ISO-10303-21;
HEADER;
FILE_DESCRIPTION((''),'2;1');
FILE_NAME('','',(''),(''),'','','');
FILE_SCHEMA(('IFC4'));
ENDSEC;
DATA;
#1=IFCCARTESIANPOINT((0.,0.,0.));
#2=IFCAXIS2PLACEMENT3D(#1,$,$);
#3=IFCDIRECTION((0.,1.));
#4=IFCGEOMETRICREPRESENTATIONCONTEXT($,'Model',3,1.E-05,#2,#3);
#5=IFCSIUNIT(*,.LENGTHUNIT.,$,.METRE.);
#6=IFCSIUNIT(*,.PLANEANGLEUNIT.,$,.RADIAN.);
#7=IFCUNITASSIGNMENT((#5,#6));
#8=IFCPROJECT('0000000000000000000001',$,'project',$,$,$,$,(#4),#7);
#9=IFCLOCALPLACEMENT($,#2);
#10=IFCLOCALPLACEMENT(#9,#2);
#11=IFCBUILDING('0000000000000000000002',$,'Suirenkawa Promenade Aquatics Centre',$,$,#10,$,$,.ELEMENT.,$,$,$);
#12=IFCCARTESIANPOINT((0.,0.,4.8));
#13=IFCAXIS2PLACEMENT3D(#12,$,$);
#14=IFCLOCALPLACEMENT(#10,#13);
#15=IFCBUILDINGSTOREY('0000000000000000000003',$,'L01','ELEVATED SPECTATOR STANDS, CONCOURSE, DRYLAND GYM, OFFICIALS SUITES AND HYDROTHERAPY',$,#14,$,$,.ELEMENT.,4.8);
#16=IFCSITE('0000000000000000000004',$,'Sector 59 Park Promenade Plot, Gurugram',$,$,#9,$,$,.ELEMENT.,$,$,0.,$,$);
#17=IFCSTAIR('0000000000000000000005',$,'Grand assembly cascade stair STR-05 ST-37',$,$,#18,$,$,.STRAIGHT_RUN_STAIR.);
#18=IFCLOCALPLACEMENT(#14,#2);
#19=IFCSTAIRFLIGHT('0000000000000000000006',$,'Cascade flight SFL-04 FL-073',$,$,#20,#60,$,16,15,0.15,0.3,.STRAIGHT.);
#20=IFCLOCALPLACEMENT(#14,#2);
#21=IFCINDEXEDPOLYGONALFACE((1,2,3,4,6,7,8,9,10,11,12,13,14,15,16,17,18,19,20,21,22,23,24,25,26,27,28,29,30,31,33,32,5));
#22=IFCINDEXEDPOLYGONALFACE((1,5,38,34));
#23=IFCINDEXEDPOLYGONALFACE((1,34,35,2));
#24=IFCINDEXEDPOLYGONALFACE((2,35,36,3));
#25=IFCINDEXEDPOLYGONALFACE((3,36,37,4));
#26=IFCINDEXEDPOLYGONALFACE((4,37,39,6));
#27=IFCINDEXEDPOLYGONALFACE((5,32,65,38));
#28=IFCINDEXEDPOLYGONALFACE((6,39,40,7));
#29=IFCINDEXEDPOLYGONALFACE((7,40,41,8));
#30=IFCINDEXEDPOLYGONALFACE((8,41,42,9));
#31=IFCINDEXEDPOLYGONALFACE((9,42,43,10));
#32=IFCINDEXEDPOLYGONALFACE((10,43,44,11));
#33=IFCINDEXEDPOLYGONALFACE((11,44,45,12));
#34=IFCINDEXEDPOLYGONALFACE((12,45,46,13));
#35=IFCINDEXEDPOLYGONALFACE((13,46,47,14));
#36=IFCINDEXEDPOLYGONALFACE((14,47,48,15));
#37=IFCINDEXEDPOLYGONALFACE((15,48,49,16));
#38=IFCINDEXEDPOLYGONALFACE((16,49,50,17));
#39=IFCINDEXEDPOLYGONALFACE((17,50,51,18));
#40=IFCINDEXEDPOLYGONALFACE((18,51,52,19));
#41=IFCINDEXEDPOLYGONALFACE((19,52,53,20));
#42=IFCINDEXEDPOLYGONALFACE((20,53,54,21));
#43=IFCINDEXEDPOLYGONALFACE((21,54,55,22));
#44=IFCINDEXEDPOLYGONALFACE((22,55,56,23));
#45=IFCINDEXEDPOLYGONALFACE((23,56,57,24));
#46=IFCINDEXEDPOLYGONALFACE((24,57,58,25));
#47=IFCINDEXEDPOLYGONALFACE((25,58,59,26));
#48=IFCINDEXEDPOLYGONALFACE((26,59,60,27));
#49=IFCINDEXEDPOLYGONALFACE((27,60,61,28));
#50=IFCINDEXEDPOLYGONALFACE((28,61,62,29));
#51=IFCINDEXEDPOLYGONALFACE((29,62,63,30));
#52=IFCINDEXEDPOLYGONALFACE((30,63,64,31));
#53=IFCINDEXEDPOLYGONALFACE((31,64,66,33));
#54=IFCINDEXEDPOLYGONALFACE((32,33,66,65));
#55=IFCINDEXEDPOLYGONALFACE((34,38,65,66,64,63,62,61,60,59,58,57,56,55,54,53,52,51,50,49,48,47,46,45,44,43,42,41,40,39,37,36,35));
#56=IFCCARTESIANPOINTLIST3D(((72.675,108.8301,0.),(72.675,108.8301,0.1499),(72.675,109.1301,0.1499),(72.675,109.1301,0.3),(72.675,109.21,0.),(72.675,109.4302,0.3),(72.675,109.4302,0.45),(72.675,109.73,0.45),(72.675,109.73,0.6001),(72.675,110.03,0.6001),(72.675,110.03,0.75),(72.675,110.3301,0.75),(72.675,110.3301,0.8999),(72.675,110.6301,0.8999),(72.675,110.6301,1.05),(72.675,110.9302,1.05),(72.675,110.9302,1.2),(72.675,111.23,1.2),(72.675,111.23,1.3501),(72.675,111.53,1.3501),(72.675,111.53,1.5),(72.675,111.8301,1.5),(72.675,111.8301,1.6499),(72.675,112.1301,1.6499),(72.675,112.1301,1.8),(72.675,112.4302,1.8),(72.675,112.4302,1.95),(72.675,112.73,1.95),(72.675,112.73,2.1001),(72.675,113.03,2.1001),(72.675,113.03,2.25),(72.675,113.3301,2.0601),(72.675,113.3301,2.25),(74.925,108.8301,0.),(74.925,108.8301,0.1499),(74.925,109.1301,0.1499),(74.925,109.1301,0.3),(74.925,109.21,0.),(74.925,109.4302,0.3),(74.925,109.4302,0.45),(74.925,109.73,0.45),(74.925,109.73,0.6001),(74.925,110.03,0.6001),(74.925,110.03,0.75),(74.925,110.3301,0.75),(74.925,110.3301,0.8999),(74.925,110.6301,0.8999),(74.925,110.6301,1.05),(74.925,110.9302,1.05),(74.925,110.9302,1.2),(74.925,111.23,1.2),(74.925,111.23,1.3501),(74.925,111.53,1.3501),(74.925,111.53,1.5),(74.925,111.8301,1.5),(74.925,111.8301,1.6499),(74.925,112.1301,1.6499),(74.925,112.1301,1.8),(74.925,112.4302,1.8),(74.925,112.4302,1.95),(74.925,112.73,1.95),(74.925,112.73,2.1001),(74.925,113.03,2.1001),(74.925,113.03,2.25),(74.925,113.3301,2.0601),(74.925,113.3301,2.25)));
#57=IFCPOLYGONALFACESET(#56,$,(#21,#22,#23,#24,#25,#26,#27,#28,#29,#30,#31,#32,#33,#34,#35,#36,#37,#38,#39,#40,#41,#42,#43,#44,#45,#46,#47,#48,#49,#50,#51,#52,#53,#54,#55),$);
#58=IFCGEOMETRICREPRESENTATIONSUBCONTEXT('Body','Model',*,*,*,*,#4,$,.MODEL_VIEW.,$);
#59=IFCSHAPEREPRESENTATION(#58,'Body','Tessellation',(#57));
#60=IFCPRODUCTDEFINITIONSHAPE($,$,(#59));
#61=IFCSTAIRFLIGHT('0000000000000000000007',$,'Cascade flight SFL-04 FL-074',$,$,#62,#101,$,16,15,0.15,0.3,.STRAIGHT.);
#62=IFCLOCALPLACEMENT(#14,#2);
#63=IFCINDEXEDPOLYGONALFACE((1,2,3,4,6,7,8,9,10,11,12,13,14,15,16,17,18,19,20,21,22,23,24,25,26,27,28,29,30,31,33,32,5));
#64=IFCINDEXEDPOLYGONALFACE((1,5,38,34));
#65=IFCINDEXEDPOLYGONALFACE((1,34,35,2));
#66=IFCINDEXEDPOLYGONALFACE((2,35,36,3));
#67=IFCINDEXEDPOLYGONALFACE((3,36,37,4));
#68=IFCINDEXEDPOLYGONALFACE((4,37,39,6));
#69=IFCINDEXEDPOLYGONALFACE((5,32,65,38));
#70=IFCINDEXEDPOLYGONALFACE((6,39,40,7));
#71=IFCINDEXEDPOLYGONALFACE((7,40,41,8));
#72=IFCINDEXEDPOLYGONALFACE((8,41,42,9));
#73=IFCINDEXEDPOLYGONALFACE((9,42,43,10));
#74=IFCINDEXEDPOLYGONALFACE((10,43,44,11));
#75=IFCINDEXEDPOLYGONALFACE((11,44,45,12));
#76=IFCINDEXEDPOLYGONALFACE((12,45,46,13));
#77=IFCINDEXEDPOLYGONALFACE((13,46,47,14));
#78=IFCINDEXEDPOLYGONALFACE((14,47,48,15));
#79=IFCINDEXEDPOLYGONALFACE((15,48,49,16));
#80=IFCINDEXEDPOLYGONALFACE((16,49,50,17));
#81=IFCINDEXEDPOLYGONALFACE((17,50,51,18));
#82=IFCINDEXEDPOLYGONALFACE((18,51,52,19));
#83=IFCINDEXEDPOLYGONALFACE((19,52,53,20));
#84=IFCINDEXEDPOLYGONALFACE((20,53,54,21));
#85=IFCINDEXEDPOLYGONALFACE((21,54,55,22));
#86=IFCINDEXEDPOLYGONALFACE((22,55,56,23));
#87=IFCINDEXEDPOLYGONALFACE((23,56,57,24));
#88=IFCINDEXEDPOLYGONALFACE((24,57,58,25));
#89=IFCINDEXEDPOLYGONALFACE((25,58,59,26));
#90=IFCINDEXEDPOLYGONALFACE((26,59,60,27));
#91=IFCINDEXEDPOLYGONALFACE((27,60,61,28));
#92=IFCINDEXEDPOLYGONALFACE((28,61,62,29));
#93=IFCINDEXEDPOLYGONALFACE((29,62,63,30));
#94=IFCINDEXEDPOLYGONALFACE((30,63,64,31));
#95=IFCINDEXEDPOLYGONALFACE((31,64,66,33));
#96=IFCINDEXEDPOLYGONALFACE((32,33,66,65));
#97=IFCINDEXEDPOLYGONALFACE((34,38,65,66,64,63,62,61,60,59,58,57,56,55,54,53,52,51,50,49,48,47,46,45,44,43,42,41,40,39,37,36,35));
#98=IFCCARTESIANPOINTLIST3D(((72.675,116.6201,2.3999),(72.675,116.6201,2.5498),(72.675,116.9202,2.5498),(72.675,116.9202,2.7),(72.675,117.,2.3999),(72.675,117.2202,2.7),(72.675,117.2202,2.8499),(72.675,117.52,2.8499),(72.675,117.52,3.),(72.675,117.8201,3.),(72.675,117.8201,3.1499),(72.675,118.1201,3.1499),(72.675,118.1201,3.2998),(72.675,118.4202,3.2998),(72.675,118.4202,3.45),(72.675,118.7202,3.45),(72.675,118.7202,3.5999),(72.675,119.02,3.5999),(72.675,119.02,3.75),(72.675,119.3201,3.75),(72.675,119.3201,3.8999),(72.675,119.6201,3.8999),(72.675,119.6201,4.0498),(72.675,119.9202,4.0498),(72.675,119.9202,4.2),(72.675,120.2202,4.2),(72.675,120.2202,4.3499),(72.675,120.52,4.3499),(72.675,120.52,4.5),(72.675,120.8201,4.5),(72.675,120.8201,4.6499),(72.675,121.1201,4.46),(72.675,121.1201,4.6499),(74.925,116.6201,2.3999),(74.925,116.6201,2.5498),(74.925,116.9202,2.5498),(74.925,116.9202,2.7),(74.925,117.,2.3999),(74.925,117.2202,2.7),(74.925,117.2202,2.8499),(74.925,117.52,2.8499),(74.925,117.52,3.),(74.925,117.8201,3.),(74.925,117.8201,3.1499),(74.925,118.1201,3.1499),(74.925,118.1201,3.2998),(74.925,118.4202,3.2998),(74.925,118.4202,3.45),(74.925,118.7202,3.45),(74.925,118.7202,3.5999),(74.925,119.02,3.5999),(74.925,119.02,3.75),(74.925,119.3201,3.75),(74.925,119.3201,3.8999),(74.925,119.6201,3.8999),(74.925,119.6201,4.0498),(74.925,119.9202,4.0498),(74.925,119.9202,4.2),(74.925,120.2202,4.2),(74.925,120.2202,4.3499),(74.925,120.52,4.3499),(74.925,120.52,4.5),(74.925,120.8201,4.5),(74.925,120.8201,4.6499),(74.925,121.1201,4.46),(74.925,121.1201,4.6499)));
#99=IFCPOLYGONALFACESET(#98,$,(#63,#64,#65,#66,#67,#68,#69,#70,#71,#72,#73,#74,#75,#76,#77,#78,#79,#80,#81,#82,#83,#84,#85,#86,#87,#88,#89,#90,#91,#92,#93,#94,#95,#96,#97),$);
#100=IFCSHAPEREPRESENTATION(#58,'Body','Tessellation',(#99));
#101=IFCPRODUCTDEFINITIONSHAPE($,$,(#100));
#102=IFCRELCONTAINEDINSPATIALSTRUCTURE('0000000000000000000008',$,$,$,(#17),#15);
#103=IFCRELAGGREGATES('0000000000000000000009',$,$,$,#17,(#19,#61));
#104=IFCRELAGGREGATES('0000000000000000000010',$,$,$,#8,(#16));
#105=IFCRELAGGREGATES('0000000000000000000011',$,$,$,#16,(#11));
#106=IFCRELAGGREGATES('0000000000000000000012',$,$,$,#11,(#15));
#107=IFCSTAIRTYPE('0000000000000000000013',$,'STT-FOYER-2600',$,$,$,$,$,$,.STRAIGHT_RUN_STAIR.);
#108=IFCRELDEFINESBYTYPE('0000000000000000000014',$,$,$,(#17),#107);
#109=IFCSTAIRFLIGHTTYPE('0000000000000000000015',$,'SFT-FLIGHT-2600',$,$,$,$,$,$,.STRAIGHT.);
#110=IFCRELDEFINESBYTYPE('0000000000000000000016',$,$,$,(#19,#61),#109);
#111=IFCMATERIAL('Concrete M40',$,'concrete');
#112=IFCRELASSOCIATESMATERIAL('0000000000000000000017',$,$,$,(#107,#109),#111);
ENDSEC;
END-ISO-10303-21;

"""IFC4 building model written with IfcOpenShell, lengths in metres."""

from ifc_helpers import new_model, si_unit, direction, frame, origin, place, context, subcontext, project, spatial, polyline, outline, extrude, material, type_object, element, aggregate, save


model = new_model("IFC4")

# Units and contexts
model_context = context("Model", 3, precision=1e-05, world=origin(), true_north=direction((0.0, 1.0)))
body_context = subcontext(model_context, "Body", "Model", "MODEL_VIEW")
ifc_project = project(units=[si_unit("LENGTHUNIT", "METRE"), si_unit("PLANEANGLEUNIT", "RADIAN")], contexts=[model_context])

# Site, building, storey
site_placement = place(None, origin())
site = spatial("IfcSite", under=ifc_project, at=site_placement, Name="Sector 59 Park Promenade Plot, Gurugram", CompositionType="ELEMENT", RefElevation=0.0)
building_placement = place(site_placement, origin())
building = spatial("IfcBuilding", under=site, at=building_placement, Name="Suirenkawa Promenade Aquatics Centre", CompositionType="ELEMENT")
storey_placement = place(building_placement, frame((0.0, 0.0, 4.8)))
storey = spatial("IfcBuildingStorey", under=building, at=storey_placement, Name="L01", Description="ELEVATED SPECTATOR STANDS, CONCOURSE, DRYLAND GYM, OFFICIALS SUITES AND HYDROTHERAPY", CompositionType="ELEMENT", Elevation=4.8)

# Shared definitions
ifc_material_1 = material(Name="Concrete M40", Category="concrete")

# Stair, stair flights
stair_type = type_object("IfcStairType", Name="STT-FOYER-2600", PredefinedType="STRAIGHT_RUN_STAIR", material=ifc_material_1)
stair_placement = place(storey_placement, origin())
stair = element("IfcStair", 1, at=stair_placement, inside=storey, type_object=stair_type, Name="Grand assembly cascade stair STR-05 ST-37", PredefinedType="STRAIGHT_RUN_STAIR")
stair_flight_type = type_object("IfcStairFlightType", Name="SFT-FLIGHT-2600", PredefinedType="STRAIGHT", material=ifc_material_1)
stair_flight_1_placement = place(storey_placement, frame((73.8, 108.8301, 0.0), z_axis=(0.0, 0.0, 1.0), x_axis=(0.0, 1.0, 0.0)))
stair_flight_1 = element("IfcStairFlight", 2, at=stair_flight_1_placement, type_object=stair_flight_type, Name="Cascade flight SFL-04 FL-073", NumberOfRisers=16, NumberOfTreads=15, PredefinedType="STRAIGHT", RiserHeight=0.15, TreadLength=0.3, context=body_context, shape_type="SweptSolid", body=[
    extrude(outline(polyline([(0.0, 0.0), (0.0, 0.1499), (0.3, 0.1499), (0.3, 0.3), (0.6001, 0.3), (0.6001, 0.45), (0.8999, 0.45), (0.8999, 0.6001), (1.2, 0.6001), (1.2, 0.75), (1.5, 0.75), (1.5, 0.8999), (1.8, 0.8999), (1.8, 1.05), (2.1001, 1.05), (2.1001, 1.2), (2.3999, 1.2), (2.3999, 1.3501), (2.7, 1.3501), (2.7, 1.5), (3.0, 1.5), (3.0, 1.6499), (3.3, 1.6499), (3.3, 1.8), (3.6001, 1.8), (3.6001, 1.95), (3.8999, 1.95), (3.8999, 2.1001), (4.2, 2.1001), (4.2, 2.25), (4.5, 2.25), (4.5, 2.3999), (4.5, 2.0601), (0.3799, 0.0), (0.0, 0.0)])), frame((0.0, 1.125, 0.0), z_axis=(0.0, -1.0, 0.0), x_axis=(1.0, 0.0, 0.0)), (0.0, 0.0, 1.0), 2.25),
])
stair_flight_2_placement = place(storey_placement, frame((73.8, 116.6201, 2.3999), z_axis=(0.0, 0.0, 1.0), x_axis=(0.0, 1.0, 0.0)))
stair_flight_2 = element("IfcStairFlight", 3, at=stair_flight_2_placement, type_object=stair_flight_type, Name="Cascade flight SFL-04 FL-074", NumberOfRisers=16, NumberOfTreads=15, PredefinedType="STRAIGHT", RiserHeight=0.15, TreadLength=0.3, context=body_context, shape_type="SweptSolid", body=[
    extrude(outline(polyline([(0.0, 0.0), (0.0, 0.1499), (0.3, 0.1499), (0.3, 0.3), (0.6001, 0.3), (0.6001, 0.45), (0.8999, 0.45), (0.8999, 0.6001), (1.2, 0.6001), (1.2, 0.75), (1.5, 0.75), (1.5, 0.8999), (1.8, 0.8999), (1.8, 1.05), (2.1001, 1.05), (2.1001, 1.2), (2.3999, 1.2), (2.3999, 1.3501), (2.7, 1.3501), (2.7, 1.5), (3.0, 1.5), (3.0, 1.6499), (3.3, 1.6499), (3.3, 1.8), (3.6001, 1.8), (3.6001, 1.95), (3.8999, 1.95), (3.8999, 2.1001), (4.2, 2.1001), (4.2, 2.25), (4.5, 2.25), (4.5, 2.3999), (4.5, 2.0601), (0.3799, 0.0), (0.0, 0.0)])), frame((0.0, 1.125, 0.0), z_axis=(0.0, -1.0, 0.0), x_axis=(1.0, 0.0, 0.0)), (0.0, 0.0, 1.0), 2.25),
])
aggregate(stair, [stair_flight_1, stair_flight_2])

save(model, "model.ifc")
